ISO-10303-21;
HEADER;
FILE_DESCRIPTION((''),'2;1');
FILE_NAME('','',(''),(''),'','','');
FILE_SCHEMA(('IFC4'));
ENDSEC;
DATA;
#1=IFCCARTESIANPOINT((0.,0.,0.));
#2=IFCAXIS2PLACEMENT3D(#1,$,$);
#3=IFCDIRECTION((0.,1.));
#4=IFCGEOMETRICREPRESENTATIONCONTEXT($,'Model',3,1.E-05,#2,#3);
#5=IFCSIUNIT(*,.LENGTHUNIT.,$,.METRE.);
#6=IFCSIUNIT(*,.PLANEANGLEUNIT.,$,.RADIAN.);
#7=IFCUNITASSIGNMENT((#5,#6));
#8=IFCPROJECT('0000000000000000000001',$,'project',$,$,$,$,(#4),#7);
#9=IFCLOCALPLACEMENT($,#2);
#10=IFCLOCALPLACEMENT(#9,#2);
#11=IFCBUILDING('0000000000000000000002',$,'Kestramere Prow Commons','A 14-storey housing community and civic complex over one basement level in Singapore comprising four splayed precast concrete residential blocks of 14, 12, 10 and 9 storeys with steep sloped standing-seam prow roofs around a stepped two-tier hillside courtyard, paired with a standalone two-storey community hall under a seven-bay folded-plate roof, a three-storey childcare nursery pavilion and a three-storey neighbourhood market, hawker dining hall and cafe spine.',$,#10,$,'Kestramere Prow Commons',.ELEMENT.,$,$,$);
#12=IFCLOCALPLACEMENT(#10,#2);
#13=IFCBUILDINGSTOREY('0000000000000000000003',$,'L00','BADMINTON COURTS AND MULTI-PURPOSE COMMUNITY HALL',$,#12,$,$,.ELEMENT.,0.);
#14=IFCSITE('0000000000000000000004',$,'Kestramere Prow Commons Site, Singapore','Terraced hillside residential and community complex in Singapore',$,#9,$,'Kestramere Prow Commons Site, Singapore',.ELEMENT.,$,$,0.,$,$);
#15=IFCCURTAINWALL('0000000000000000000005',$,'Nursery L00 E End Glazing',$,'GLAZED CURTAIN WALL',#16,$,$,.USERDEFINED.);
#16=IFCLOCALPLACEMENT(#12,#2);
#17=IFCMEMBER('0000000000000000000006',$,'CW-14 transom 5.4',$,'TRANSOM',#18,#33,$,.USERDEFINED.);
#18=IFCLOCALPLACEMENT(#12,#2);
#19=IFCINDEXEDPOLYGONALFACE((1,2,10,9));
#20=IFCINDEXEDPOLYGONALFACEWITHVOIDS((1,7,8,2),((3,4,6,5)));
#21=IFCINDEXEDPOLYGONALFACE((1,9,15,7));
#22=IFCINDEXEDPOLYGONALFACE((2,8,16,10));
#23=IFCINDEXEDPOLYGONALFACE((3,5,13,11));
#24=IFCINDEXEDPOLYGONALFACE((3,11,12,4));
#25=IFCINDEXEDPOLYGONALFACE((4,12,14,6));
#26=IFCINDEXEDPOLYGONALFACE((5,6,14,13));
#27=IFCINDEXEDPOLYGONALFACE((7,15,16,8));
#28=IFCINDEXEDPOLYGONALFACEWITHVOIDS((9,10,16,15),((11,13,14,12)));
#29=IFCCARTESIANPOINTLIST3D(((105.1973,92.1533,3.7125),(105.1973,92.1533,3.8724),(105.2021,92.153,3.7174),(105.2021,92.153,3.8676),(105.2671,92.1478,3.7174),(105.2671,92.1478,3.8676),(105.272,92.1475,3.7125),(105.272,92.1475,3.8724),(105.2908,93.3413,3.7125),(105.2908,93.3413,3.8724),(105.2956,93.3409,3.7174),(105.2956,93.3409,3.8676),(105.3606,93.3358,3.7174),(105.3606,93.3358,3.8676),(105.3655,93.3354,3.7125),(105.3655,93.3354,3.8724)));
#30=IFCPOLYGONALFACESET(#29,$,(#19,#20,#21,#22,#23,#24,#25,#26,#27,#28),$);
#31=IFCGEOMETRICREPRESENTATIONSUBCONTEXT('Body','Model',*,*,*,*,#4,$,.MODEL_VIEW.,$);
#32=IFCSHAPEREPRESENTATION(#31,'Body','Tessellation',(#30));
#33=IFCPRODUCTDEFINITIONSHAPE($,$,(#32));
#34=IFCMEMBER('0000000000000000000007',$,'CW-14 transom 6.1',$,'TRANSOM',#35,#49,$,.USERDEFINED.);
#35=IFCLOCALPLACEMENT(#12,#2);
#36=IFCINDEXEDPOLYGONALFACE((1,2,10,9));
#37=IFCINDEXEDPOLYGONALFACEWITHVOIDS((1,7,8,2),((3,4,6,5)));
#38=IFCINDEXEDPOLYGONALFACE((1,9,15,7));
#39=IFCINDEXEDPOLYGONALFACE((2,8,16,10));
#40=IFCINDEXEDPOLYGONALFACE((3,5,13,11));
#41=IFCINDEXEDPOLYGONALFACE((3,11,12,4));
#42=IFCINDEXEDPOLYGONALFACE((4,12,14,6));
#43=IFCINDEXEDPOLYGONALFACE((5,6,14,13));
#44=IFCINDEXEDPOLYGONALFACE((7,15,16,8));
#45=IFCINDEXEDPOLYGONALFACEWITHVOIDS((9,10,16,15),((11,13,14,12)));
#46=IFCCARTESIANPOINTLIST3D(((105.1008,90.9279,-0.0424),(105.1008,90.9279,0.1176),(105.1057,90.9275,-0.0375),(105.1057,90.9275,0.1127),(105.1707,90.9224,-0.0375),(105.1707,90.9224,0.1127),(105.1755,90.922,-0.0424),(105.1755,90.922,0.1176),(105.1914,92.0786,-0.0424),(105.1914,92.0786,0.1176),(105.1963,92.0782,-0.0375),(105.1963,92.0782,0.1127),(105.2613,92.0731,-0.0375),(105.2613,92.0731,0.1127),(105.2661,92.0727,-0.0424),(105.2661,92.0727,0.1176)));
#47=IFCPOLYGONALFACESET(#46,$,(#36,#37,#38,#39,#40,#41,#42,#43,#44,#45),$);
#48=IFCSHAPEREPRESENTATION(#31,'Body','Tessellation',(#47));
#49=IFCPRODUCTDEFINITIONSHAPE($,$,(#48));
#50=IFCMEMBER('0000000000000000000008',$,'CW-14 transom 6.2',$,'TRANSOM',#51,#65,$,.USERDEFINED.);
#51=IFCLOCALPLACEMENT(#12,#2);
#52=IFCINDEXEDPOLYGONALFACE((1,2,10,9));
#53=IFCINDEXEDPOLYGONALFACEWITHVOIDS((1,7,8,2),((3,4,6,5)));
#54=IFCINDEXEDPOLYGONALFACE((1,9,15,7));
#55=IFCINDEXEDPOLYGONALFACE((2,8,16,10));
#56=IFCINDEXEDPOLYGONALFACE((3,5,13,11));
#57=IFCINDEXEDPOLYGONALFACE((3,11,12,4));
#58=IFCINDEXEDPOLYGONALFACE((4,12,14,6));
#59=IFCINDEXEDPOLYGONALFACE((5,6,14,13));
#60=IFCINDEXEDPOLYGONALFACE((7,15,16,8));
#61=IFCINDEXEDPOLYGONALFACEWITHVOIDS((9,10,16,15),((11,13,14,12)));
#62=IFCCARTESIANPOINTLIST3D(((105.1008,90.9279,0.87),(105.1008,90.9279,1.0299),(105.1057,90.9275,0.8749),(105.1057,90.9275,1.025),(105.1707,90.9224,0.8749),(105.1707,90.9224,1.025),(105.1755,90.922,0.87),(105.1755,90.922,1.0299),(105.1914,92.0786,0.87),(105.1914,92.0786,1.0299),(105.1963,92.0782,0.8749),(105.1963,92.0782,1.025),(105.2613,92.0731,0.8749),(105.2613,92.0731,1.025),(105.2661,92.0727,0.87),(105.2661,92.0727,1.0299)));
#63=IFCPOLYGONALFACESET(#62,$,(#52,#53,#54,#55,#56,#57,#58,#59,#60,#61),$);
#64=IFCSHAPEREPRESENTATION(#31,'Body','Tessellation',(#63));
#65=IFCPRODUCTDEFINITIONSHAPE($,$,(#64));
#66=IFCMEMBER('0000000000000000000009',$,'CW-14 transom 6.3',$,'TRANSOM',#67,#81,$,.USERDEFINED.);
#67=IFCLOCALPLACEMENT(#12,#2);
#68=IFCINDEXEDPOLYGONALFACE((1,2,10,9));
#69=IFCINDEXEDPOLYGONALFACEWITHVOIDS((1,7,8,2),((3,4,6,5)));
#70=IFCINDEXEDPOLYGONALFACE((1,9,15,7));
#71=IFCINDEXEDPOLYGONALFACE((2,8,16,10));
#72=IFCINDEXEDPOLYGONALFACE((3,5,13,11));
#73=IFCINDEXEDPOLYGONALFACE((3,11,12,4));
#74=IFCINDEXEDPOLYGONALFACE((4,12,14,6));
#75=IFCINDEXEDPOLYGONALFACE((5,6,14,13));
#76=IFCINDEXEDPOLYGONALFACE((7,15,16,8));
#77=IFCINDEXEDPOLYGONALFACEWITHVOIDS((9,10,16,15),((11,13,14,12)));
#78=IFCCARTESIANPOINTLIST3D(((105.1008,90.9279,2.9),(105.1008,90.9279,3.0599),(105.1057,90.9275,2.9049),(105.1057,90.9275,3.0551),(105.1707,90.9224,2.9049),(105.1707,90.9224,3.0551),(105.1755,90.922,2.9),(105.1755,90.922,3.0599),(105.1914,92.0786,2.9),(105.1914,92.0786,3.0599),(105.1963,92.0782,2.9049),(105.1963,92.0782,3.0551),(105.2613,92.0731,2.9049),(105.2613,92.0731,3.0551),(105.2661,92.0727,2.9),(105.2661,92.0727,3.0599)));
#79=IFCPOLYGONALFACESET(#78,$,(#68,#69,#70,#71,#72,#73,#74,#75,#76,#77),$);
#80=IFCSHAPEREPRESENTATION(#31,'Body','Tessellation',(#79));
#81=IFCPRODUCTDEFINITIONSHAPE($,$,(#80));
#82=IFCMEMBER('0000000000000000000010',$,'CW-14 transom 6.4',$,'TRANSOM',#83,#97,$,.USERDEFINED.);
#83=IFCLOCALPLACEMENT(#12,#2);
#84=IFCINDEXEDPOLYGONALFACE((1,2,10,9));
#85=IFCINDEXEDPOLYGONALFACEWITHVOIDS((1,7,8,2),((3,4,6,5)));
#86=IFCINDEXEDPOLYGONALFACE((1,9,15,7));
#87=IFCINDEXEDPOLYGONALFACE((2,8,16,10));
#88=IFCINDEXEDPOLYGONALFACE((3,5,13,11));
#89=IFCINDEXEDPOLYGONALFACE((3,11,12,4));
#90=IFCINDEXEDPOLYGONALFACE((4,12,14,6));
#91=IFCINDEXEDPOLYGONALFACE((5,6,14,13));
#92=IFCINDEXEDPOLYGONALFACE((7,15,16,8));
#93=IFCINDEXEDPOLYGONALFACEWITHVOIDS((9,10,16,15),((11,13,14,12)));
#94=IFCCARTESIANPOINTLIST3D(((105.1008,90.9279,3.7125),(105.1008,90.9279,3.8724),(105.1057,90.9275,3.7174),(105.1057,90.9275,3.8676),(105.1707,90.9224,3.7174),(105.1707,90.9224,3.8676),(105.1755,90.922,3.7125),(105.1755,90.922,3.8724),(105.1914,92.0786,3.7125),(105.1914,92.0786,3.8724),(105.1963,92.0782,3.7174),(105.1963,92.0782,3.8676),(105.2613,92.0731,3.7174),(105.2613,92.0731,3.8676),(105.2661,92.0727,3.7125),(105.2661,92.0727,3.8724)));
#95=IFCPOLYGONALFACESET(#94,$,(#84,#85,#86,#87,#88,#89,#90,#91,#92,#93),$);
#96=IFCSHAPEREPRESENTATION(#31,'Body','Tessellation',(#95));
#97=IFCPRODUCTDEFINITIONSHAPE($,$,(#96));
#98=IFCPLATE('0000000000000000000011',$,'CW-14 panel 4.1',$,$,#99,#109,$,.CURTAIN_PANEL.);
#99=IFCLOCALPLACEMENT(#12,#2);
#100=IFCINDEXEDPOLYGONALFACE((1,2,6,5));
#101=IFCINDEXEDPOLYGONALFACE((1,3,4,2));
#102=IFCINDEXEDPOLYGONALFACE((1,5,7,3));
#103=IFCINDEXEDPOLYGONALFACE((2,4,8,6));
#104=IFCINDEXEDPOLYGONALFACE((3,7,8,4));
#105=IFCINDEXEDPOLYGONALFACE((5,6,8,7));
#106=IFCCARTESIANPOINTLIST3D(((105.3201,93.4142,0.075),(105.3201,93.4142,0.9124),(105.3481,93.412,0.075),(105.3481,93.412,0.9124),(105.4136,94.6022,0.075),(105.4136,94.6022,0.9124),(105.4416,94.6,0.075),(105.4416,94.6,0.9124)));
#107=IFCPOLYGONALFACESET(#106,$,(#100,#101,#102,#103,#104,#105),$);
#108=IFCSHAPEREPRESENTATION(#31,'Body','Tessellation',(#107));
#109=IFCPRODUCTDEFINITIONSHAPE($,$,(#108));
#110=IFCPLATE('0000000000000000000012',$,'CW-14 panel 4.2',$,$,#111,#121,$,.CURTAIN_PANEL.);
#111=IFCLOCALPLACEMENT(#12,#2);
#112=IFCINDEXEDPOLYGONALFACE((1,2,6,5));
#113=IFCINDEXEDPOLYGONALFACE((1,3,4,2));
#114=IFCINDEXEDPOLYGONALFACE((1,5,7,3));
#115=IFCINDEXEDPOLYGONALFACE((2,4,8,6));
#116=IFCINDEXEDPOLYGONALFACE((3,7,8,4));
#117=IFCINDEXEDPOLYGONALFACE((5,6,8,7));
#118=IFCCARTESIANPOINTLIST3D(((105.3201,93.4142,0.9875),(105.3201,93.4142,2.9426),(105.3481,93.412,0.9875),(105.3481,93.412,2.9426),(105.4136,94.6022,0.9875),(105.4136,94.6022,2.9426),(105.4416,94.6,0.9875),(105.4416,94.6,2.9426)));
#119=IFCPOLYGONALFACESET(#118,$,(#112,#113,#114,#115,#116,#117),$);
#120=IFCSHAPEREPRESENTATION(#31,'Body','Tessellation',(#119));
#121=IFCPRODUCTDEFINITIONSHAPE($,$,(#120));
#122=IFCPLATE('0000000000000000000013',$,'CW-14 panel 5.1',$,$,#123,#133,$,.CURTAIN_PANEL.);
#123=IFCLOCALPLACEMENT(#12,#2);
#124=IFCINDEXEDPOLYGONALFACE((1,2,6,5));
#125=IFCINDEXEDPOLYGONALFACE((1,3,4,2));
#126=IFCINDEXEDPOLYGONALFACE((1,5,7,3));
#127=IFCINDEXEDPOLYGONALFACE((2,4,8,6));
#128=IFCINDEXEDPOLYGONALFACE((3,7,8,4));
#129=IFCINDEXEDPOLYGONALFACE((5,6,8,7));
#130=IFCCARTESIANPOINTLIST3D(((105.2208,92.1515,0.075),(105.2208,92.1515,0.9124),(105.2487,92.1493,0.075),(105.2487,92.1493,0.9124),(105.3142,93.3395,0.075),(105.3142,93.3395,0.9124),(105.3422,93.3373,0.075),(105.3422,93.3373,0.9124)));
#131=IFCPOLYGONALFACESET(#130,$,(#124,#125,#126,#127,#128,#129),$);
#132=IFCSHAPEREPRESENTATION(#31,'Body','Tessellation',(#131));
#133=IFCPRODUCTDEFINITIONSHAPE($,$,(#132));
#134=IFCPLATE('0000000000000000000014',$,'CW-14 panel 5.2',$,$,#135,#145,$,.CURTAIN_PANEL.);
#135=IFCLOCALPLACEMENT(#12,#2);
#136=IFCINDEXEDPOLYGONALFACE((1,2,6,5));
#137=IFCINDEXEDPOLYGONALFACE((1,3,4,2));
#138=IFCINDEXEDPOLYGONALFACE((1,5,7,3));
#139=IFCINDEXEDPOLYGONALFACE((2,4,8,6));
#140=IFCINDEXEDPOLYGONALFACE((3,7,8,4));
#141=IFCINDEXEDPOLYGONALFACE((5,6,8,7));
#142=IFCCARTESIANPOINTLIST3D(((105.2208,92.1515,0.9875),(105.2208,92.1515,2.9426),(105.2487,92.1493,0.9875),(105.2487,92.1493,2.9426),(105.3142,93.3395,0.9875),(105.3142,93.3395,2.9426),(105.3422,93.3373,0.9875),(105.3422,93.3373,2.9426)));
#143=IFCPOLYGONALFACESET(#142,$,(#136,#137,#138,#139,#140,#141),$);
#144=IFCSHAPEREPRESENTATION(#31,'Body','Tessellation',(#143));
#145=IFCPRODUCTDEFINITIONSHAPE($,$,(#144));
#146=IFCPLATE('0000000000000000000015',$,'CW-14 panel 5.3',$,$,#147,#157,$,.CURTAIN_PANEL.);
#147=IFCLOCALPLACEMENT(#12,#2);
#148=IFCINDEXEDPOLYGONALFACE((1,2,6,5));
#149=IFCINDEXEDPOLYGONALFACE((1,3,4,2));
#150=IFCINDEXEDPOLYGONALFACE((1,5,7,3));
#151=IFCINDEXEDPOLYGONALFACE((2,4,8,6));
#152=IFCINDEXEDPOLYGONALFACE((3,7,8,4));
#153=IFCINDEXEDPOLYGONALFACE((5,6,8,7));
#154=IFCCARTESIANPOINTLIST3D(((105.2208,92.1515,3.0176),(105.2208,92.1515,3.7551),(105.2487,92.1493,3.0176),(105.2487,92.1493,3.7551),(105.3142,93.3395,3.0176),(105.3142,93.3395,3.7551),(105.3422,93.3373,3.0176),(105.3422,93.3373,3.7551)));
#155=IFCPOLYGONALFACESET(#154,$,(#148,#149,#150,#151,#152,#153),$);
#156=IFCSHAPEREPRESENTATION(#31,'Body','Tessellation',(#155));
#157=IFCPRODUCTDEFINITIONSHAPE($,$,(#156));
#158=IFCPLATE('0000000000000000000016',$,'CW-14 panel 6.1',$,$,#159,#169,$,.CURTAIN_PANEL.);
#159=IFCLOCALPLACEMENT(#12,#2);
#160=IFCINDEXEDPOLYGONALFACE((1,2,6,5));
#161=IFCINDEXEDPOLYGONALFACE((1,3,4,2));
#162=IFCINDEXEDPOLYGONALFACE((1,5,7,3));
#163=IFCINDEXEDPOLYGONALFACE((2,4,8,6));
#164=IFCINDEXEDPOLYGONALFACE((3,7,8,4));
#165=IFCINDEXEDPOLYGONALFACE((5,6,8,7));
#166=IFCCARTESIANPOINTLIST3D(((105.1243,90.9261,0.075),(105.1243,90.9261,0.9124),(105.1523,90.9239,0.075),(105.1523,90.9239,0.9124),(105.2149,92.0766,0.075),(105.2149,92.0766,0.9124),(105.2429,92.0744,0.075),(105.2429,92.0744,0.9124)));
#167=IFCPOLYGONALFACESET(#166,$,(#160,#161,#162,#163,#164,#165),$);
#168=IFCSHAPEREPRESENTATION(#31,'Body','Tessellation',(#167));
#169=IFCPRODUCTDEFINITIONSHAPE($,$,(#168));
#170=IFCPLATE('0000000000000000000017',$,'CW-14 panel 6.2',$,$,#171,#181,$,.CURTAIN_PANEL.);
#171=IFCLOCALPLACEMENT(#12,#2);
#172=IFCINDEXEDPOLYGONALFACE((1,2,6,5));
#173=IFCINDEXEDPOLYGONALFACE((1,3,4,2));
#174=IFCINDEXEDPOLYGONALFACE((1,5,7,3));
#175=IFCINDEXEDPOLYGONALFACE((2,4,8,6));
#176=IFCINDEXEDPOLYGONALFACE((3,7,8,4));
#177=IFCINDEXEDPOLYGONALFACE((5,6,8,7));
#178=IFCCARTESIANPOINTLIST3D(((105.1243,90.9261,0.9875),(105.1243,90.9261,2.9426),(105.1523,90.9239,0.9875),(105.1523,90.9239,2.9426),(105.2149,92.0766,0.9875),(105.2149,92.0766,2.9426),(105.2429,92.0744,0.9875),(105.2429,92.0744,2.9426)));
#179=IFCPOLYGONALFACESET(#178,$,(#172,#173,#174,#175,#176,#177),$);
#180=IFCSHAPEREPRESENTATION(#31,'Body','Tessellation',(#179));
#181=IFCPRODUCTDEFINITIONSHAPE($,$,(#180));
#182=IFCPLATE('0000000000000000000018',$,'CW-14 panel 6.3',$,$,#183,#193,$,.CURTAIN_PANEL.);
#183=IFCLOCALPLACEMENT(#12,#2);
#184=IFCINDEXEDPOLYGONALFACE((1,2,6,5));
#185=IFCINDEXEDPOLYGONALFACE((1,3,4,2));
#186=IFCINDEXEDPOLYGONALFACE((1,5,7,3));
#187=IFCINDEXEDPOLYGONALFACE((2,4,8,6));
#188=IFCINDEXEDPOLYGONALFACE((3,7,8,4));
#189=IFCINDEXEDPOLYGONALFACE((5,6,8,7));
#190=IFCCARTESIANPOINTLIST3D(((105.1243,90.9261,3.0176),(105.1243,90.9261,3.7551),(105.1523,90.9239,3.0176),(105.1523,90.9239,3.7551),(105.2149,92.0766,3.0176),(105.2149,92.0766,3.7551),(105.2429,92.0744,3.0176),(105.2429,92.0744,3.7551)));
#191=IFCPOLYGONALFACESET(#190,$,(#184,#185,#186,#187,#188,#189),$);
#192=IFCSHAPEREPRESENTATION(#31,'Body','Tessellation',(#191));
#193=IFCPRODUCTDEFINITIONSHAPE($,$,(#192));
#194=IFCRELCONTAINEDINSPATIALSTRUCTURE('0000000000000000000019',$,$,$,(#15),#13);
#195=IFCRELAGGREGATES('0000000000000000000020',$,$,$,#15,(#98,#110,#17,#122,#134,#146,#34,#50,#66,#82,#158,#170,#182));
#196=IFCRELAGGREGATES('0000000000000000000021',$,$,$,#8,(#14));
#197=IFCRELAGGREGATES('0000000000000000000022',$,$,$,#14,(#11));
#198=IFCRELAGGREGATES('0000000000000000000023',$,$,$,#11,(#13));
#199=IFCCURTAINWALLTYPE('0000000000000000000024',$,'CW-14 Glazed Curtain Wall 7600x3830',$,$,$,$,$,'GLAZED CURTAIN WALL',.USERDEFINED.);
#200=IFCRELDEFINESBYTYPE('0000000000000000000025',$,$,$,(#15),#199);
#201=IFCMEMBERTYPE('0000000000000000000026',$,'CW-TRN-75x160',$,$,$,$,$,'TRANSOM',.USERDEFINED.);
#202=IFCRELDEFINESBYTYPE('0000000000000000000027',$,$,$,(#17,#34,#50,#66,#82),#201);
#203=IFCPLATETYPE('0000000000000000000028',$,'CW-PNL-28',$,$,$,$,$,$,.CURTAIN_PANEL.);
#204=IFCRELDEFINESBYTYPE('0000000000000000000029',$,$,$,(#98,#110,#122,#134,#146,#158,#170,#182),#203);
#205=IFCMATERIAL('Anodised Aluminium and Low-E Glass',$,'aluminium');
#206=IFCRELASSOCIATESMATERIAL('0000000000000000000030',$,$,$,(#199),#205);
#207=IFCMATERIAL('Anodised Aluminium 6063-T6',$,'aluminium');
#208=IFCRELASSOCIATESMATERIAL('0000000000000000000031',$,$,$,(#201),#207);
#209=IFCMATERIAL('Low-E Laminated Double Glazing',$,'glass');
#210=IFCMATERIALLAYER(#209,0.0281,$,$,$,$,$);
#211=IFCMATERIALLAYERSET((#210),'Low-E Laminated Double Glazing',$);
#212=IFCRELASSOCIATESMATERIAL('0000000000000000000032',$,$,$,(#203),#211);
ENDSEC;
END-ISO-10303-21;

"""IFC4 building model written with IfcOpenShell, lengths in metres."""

from ifc_helpers import new_model, si_unit, direction, frame, origin, origin_2d, place, context, subcontext, project, spatial, rectangle, hollow_rectangle, extrude, material, layer, layer_set, material_profile, profile_set, type_object, element, aggregate, save


model = new_model("IFC4")

# Units and contexts
model_context = context("Model", 3, precision=1e-05, world=origin(), true_north=direction((0.0, 1.0)))
body_context = subcontext(model_context, "Body", "Model", "MODEL_VIEW")
ifc_project = project(units=[si_unit("LENGTHUNIT", "METRE"), si_unit("PLANEANGLEUNIT", "RADIAN")], contexts=[model_context])

# Site, building, storey
site_placement = place(None, origin())
site = spatial("IfcSite", under=ifc_project, at=site_placement, Name="Kestramere Prow Commons Site, Singapore", Description="Terraced hillside residential and community complex in Singapore", LongName="Kestramere Prow Commons Site, Singapore", CompositionType="ELEMENT", RefElevation=0.0)
building_placement = place(site_placement, origin())
building = spatial("IfcBuilding", under=site, at=building_placement, Name="Kestramere Prow Commons", Description="A 14-storey housing community and civic complex over one basement level in Singapore comprising four splayed precast concrete residential blocks of 14, 12, 10 and 9 storeys with steep sloped standing-seam prow roofs around a stepped two-tier hillside courtyard, paired with a standalone two-storey community hall under a seven-bay folded-plate roof, a three-storey childcare nursery pavilion and a three-storey neighbourhood market, hawker dining hall and cafe spine.", LongName="Kestramere Prow Commons", CompositionType="ELEMENT")
storey_placement = place(building_placement, origin())
storey = spatial("IfcBuildingStorey", under=building, at=storey_placement, Name="L00", Description="BADMINTON COURTS AND MULTI-PURPOSE COMMUNITY HALL", CompositionType="ELEMENT", Elevation=0.0)

# Curtain wall, members, plates
ifc_material_1 = material(Name="Anodised Aluminium and Low-E Glass", Category="aluminium")
curtain_wall_type = type_object("IfcCurtainWallType", Name="CW-14 Glazed Curtain Wall 7600x3830", ElementType="GLAZED CURTAIN WALL", PredefinedType="USERDEFINED", material=ifc_material_1)
curtain_wall_placement = place(storey_placement, origin())
curtain_wall = element("IfcCurtainWall", 1, at=curtain_wall_placement, inside=storey, type_object=curtain_wall_type, Name="Nursery L00 E End Glazing", ObjectType="GLAZED CURTAIN WALL", PredefinedType="USERDEFINED")
ifc_material_2 = material(Name="Anodised Aluminium 6063-T6", Category="aluminium")
ifc_material_profile_1 = material_profile(ifc_material_2, hollow_rectangle(XDim=0.075, YDim=0.1599, WallThickness=0.0049, at=origin_2d()), Name="ALU-TRN 75x160")
ifc_profile_set_1 = profile_set([ifc_material_profile_1], Name="Anodised Aluminium 6063-T6")
member_type_1 = type_object("IfcMemberType", Name="CW-TRN-75x160", ElementType="TRANSOM", PredefinedType="USERDEFINED", material=ifc_profile_set_1)
member_1_placement = place(storey_placement, frame((105.3281, 93.3384, 3.7925), z_axis=(-0.078467, -0.996917, 0.0), x_axis=(0.996917, -0.078467, 0.0)))
member_1 = element("IfcMember", 2, at=member_1_placement, type_object=member_type_1, Name="CW-14 transom 5.4", ObjectType="TRANSOM", PredefinedType="USERDEFINED", context=body_context, shape_type="SweptSolid", body=[
    extrude(hollow_rectangle(XDim=0.075, YDim=0.1599, WallThickness=0.0049, at=origin_2d()), origin(), (0.0, 0.0, 1.0), 1.1917),
])
member_2_placement = place(storey_placement, frame((105.2288, 92.0757, 0.0376), z_axis=(-0.078476, -0.996916, 0.0), x_axis=(0.996916, -0.078476, 0.0)))
member_2 = element("IfcMember", 3, at=member_2_placement, type_object=member_type_1, Name="CW-14 transom 6.1", ObjectType="TRANSOM", PredefinedType="USERDEFINED", context=body_context, shape_type="SweptSolid", body=[
    extrude(hollow_rectangle(XDim=0.075, YDim=0.1599, WallThickness=0.0049, at=origin_2d()), origin(), (0.0, 0.0, 1.0), 1.1543),
])
member_3_placement = place(storey_placement, frame((105.2288, 92.0757, 0.95), z_axis=(-0.078476, -0.996916, 0.0), x_axis=(0.996916, -0.078476, 0.0)))
member_3 = element("IfcMember", 4, at=member_3_placement, type_object=member_type_1, Name="CW-14 transom 6.2", ObjectType="TRANSOM", PredefinedType="USERDEFINED", context=body_context, shape_type="SweptSolid", body=[
    extrude(hollow_rectangle(XDim=0.075, YDim=0.1599, WallThickness=0.0049, at=origin_2d()), origin(), (0.0, 0.0, 1.0), 1.1543),
])
member_4_placement = place(storey_placement, frame((105.2288, 92.0757, 2.98), z_axis=(-0.078476, -0.996916, 0.0), x_axis=(0.996916, -0.078476, 0.0)))
member_4 = element("IfcMember", 5, at=member_4_placement, type_object=member_type_1, Name="CW-14 transom 6.3", ObjectType="TRANSOM", PredefinedType="USERDEFINED", context=body_context, shape_type="SweptSolid", body=[
    extrude(hollow_rectangle(XDim=0.075, YDim=0.1599, WallThickness=0.0049, at=origin_2d()), origin(), (0.0, 0.0, 1.0), 1.1543),
])
member_5_placement = place(storey_placement, frame((105.2288, 92.0757, 3.7925), z_axis=(-0.078476, -0.996916, 0.0), x_axis=(0.996916, -0.078476, 0.0)))
member_5 = element("IfcMember", 6, at=member_5_placement, type_object=member_type_1, Name="CW-14 transom 6.4", ObjectType="TRANSOM", PredefinedType="USERDEFINED", context=body_context, shape_type="SweptSolid", body=[
    extrude(hollow_rectangle(XDim=0.075, YDim=0.1599, WallThickness=0.0049, at=origin_2d()), origin(), (0.0, 0.0, 1.0), 1.1543),
])
ifc_material_3 = material(Name="Low-E Laminated Double Glazing", Category="glass")
ifc_layer_1 = layer(ifc_material_3, 0.0281)
ifc_layer_set_1 = layer_set([ifc_layer_1], Name="Low-E Laminated Double Glazing")
plate_type = type_object("IfcPlateType", Name="CW-PNL-28", PredefinedType="CURTAIN_PANEL", material=ifc_layer_set_1)
plate_1_placement = place(storey_placement, frame((105.3809, 94.0071, 0.075), z_axis=(0.0, 0.0, 1.0), x_axis=(-0.078459, -0.996917, 0.0)))
plate_1 = element("IfcPlate", 7, at=plate_1_placement, type_object=plate_type, Name="CW-14 panel 4.1", PredefinedType="CURTAIN_PANEL", context=body_context, shape_type="SweptSolid", body=[
    extrude(rectangle(XDim=1.1917, YDim=0.0281, at=origin_2d()), origin(), (0.0, 0.0, 1.0), 0.8374),
])
plate_2_placement = place(storey_placement, frame((105.3809, 94.0071, 0.9875), z_axis=(0.0, 0.0, 1.0), x_axis=(-0.078459, -0.996917, 0.0)))
plate_2 = element("IfcPlate", 8, at=plate_2_placement, type_object=plate_type, Name="CW-14 panel 4.2", PredefinedType="CURTAIN_PANEL", context=body_context, shape_type="SweptSolid", body=[
    extrude(rectangle(XDim=1.1917, YDim=0.0281, at=origin_2d()), origin(), (0.0, 0.0, 1.0), 1.9551),
])
plate_3_placement = place(storey_placement, frame((105.2815, 92.7444, 0.075), z_axis=(0.0, 0.0, 1.0), x_axis=(-0.078459, -0.996917, 0.0)))
plate_3 = element("IfcPlate", 9, at=plate_3_placement, type_object=plate_type, Name="CW-14 panel 5.1", PredefinedType="CURTAIN_PANEL", context=body_context, shape_type="SweptSolid", body=[
    extrude(rectangle(XDim=1.1917, YDim=0.0281, at=origin_2d()), origin(), (0.0, 0.0, 1.0), 0.8374),
])
plate_4_placement = place(storey_placement, frame((105.2815, 92.7444, 0.9875), z_axis=(0.0, 0.0, 1.0), x_axis=(-0.078459, -0.996917, 0.0)))
plate_4 = element("IfcPlate", 10, at=plate_4_placement, type_object=plate_type, Name="CW-14 panel 5.2", PredefinedType="CURTAIN_PANEL", context=body_context, shape_type="SweptSolid", body=[
    extrude(rectangle(XDim=1.1917, YDim=0.0281, at=origin_2d()), origin(), (0.0, 0.0, 1.0), 1.9551),
])
plate_5_placement = place(storey_placement, frame((105.2815, 92.7444, 3.0176), z_axis=(0.0, 0.0, 1.0), x_axis=(-0.078459, -0.996917, 0.0)))
plate_5 = element("IfcPlate", 11, at=plate_5_placement, type_object=plate_type, Name="CW-14 panel 5.3", PredefinedType="CURTAIN_PANEL", context=body_context, shape_type="SweptSolid", body=[
    extrude(rectangle(XDim=1.1917, YDim=0.0281, at=origin_2d()), origin(), (0.0, 0.0, 1.0), 0.7375),
])
plate_6_placement = place(storey_placement, frame((105.1836, 91.5002, 0.075), z_axis=(0.0, 0.0, 1.0), x_axis=(-0.078459, -0.996917, 0.0)))
plate_6 = element("IfcPlate", 12, at=plate_6_placement, type_object=plate_type, Name="CW-14 panel 6.1", PredefinedType="CURTAIN_PANEL", context=body_context, shape_type="SweptSolid", body=[
    extrude(rectangle(XDim=1.1541, YDim=0.0281, at=origin_2d()), origin(), (0.0, 0.0, 1.0), 0.8374),
])
plate_7_placement = place(storey_placement, frame((105.1836, 91.5002, 0.9875), z_axis=(0.0, 0.0, 1.0), x_axis=(-0.078459, -0.996917, 0.0)))
plate_7 = element("IfcPlate", 13, at=plate_7_placement, type_object=plate_type, Name="CW-14 panel 6.2", PredefinedType="CURTAIN_PANEL", context=body_context, shape_type="SweptSolid", body=[
    extrude(rectangle(XDim=1.1541, YDim=0.0281, at=origin_2d()), origin(), (0.0, 0.0, 1.0), 1.9551),
])
plate_8_placement = place(storey_placement, frame((105.1836, 91.5002, 3.0176), z_axis=(0.0, 0.0, 1.0), x_axis=(-0.078459, -0.996917, 0.0)))
plate_8 = element("IfcPlate", 14, at=plate_8_placement, type_object=plate_type, Name="CW-14 panel 6.3", PredefinedType="CURTAIN_PANEL", context=body_context, shape_type="SweptSolid", body=[
    extrude(rectangle(XDim=1.1541, YDim=0.0281, at=origin_2d()), origin(), (0.0, 0.0, 1.0), 0.7375),
])
aggregate(curtain_wall, [plate_1, plate_2, member_1, plate_3, plate_4, plate_5, member_2, member_3, member_4, member_5, plate_6, plate_7, plate_8])

save(model, "model.ifc")
